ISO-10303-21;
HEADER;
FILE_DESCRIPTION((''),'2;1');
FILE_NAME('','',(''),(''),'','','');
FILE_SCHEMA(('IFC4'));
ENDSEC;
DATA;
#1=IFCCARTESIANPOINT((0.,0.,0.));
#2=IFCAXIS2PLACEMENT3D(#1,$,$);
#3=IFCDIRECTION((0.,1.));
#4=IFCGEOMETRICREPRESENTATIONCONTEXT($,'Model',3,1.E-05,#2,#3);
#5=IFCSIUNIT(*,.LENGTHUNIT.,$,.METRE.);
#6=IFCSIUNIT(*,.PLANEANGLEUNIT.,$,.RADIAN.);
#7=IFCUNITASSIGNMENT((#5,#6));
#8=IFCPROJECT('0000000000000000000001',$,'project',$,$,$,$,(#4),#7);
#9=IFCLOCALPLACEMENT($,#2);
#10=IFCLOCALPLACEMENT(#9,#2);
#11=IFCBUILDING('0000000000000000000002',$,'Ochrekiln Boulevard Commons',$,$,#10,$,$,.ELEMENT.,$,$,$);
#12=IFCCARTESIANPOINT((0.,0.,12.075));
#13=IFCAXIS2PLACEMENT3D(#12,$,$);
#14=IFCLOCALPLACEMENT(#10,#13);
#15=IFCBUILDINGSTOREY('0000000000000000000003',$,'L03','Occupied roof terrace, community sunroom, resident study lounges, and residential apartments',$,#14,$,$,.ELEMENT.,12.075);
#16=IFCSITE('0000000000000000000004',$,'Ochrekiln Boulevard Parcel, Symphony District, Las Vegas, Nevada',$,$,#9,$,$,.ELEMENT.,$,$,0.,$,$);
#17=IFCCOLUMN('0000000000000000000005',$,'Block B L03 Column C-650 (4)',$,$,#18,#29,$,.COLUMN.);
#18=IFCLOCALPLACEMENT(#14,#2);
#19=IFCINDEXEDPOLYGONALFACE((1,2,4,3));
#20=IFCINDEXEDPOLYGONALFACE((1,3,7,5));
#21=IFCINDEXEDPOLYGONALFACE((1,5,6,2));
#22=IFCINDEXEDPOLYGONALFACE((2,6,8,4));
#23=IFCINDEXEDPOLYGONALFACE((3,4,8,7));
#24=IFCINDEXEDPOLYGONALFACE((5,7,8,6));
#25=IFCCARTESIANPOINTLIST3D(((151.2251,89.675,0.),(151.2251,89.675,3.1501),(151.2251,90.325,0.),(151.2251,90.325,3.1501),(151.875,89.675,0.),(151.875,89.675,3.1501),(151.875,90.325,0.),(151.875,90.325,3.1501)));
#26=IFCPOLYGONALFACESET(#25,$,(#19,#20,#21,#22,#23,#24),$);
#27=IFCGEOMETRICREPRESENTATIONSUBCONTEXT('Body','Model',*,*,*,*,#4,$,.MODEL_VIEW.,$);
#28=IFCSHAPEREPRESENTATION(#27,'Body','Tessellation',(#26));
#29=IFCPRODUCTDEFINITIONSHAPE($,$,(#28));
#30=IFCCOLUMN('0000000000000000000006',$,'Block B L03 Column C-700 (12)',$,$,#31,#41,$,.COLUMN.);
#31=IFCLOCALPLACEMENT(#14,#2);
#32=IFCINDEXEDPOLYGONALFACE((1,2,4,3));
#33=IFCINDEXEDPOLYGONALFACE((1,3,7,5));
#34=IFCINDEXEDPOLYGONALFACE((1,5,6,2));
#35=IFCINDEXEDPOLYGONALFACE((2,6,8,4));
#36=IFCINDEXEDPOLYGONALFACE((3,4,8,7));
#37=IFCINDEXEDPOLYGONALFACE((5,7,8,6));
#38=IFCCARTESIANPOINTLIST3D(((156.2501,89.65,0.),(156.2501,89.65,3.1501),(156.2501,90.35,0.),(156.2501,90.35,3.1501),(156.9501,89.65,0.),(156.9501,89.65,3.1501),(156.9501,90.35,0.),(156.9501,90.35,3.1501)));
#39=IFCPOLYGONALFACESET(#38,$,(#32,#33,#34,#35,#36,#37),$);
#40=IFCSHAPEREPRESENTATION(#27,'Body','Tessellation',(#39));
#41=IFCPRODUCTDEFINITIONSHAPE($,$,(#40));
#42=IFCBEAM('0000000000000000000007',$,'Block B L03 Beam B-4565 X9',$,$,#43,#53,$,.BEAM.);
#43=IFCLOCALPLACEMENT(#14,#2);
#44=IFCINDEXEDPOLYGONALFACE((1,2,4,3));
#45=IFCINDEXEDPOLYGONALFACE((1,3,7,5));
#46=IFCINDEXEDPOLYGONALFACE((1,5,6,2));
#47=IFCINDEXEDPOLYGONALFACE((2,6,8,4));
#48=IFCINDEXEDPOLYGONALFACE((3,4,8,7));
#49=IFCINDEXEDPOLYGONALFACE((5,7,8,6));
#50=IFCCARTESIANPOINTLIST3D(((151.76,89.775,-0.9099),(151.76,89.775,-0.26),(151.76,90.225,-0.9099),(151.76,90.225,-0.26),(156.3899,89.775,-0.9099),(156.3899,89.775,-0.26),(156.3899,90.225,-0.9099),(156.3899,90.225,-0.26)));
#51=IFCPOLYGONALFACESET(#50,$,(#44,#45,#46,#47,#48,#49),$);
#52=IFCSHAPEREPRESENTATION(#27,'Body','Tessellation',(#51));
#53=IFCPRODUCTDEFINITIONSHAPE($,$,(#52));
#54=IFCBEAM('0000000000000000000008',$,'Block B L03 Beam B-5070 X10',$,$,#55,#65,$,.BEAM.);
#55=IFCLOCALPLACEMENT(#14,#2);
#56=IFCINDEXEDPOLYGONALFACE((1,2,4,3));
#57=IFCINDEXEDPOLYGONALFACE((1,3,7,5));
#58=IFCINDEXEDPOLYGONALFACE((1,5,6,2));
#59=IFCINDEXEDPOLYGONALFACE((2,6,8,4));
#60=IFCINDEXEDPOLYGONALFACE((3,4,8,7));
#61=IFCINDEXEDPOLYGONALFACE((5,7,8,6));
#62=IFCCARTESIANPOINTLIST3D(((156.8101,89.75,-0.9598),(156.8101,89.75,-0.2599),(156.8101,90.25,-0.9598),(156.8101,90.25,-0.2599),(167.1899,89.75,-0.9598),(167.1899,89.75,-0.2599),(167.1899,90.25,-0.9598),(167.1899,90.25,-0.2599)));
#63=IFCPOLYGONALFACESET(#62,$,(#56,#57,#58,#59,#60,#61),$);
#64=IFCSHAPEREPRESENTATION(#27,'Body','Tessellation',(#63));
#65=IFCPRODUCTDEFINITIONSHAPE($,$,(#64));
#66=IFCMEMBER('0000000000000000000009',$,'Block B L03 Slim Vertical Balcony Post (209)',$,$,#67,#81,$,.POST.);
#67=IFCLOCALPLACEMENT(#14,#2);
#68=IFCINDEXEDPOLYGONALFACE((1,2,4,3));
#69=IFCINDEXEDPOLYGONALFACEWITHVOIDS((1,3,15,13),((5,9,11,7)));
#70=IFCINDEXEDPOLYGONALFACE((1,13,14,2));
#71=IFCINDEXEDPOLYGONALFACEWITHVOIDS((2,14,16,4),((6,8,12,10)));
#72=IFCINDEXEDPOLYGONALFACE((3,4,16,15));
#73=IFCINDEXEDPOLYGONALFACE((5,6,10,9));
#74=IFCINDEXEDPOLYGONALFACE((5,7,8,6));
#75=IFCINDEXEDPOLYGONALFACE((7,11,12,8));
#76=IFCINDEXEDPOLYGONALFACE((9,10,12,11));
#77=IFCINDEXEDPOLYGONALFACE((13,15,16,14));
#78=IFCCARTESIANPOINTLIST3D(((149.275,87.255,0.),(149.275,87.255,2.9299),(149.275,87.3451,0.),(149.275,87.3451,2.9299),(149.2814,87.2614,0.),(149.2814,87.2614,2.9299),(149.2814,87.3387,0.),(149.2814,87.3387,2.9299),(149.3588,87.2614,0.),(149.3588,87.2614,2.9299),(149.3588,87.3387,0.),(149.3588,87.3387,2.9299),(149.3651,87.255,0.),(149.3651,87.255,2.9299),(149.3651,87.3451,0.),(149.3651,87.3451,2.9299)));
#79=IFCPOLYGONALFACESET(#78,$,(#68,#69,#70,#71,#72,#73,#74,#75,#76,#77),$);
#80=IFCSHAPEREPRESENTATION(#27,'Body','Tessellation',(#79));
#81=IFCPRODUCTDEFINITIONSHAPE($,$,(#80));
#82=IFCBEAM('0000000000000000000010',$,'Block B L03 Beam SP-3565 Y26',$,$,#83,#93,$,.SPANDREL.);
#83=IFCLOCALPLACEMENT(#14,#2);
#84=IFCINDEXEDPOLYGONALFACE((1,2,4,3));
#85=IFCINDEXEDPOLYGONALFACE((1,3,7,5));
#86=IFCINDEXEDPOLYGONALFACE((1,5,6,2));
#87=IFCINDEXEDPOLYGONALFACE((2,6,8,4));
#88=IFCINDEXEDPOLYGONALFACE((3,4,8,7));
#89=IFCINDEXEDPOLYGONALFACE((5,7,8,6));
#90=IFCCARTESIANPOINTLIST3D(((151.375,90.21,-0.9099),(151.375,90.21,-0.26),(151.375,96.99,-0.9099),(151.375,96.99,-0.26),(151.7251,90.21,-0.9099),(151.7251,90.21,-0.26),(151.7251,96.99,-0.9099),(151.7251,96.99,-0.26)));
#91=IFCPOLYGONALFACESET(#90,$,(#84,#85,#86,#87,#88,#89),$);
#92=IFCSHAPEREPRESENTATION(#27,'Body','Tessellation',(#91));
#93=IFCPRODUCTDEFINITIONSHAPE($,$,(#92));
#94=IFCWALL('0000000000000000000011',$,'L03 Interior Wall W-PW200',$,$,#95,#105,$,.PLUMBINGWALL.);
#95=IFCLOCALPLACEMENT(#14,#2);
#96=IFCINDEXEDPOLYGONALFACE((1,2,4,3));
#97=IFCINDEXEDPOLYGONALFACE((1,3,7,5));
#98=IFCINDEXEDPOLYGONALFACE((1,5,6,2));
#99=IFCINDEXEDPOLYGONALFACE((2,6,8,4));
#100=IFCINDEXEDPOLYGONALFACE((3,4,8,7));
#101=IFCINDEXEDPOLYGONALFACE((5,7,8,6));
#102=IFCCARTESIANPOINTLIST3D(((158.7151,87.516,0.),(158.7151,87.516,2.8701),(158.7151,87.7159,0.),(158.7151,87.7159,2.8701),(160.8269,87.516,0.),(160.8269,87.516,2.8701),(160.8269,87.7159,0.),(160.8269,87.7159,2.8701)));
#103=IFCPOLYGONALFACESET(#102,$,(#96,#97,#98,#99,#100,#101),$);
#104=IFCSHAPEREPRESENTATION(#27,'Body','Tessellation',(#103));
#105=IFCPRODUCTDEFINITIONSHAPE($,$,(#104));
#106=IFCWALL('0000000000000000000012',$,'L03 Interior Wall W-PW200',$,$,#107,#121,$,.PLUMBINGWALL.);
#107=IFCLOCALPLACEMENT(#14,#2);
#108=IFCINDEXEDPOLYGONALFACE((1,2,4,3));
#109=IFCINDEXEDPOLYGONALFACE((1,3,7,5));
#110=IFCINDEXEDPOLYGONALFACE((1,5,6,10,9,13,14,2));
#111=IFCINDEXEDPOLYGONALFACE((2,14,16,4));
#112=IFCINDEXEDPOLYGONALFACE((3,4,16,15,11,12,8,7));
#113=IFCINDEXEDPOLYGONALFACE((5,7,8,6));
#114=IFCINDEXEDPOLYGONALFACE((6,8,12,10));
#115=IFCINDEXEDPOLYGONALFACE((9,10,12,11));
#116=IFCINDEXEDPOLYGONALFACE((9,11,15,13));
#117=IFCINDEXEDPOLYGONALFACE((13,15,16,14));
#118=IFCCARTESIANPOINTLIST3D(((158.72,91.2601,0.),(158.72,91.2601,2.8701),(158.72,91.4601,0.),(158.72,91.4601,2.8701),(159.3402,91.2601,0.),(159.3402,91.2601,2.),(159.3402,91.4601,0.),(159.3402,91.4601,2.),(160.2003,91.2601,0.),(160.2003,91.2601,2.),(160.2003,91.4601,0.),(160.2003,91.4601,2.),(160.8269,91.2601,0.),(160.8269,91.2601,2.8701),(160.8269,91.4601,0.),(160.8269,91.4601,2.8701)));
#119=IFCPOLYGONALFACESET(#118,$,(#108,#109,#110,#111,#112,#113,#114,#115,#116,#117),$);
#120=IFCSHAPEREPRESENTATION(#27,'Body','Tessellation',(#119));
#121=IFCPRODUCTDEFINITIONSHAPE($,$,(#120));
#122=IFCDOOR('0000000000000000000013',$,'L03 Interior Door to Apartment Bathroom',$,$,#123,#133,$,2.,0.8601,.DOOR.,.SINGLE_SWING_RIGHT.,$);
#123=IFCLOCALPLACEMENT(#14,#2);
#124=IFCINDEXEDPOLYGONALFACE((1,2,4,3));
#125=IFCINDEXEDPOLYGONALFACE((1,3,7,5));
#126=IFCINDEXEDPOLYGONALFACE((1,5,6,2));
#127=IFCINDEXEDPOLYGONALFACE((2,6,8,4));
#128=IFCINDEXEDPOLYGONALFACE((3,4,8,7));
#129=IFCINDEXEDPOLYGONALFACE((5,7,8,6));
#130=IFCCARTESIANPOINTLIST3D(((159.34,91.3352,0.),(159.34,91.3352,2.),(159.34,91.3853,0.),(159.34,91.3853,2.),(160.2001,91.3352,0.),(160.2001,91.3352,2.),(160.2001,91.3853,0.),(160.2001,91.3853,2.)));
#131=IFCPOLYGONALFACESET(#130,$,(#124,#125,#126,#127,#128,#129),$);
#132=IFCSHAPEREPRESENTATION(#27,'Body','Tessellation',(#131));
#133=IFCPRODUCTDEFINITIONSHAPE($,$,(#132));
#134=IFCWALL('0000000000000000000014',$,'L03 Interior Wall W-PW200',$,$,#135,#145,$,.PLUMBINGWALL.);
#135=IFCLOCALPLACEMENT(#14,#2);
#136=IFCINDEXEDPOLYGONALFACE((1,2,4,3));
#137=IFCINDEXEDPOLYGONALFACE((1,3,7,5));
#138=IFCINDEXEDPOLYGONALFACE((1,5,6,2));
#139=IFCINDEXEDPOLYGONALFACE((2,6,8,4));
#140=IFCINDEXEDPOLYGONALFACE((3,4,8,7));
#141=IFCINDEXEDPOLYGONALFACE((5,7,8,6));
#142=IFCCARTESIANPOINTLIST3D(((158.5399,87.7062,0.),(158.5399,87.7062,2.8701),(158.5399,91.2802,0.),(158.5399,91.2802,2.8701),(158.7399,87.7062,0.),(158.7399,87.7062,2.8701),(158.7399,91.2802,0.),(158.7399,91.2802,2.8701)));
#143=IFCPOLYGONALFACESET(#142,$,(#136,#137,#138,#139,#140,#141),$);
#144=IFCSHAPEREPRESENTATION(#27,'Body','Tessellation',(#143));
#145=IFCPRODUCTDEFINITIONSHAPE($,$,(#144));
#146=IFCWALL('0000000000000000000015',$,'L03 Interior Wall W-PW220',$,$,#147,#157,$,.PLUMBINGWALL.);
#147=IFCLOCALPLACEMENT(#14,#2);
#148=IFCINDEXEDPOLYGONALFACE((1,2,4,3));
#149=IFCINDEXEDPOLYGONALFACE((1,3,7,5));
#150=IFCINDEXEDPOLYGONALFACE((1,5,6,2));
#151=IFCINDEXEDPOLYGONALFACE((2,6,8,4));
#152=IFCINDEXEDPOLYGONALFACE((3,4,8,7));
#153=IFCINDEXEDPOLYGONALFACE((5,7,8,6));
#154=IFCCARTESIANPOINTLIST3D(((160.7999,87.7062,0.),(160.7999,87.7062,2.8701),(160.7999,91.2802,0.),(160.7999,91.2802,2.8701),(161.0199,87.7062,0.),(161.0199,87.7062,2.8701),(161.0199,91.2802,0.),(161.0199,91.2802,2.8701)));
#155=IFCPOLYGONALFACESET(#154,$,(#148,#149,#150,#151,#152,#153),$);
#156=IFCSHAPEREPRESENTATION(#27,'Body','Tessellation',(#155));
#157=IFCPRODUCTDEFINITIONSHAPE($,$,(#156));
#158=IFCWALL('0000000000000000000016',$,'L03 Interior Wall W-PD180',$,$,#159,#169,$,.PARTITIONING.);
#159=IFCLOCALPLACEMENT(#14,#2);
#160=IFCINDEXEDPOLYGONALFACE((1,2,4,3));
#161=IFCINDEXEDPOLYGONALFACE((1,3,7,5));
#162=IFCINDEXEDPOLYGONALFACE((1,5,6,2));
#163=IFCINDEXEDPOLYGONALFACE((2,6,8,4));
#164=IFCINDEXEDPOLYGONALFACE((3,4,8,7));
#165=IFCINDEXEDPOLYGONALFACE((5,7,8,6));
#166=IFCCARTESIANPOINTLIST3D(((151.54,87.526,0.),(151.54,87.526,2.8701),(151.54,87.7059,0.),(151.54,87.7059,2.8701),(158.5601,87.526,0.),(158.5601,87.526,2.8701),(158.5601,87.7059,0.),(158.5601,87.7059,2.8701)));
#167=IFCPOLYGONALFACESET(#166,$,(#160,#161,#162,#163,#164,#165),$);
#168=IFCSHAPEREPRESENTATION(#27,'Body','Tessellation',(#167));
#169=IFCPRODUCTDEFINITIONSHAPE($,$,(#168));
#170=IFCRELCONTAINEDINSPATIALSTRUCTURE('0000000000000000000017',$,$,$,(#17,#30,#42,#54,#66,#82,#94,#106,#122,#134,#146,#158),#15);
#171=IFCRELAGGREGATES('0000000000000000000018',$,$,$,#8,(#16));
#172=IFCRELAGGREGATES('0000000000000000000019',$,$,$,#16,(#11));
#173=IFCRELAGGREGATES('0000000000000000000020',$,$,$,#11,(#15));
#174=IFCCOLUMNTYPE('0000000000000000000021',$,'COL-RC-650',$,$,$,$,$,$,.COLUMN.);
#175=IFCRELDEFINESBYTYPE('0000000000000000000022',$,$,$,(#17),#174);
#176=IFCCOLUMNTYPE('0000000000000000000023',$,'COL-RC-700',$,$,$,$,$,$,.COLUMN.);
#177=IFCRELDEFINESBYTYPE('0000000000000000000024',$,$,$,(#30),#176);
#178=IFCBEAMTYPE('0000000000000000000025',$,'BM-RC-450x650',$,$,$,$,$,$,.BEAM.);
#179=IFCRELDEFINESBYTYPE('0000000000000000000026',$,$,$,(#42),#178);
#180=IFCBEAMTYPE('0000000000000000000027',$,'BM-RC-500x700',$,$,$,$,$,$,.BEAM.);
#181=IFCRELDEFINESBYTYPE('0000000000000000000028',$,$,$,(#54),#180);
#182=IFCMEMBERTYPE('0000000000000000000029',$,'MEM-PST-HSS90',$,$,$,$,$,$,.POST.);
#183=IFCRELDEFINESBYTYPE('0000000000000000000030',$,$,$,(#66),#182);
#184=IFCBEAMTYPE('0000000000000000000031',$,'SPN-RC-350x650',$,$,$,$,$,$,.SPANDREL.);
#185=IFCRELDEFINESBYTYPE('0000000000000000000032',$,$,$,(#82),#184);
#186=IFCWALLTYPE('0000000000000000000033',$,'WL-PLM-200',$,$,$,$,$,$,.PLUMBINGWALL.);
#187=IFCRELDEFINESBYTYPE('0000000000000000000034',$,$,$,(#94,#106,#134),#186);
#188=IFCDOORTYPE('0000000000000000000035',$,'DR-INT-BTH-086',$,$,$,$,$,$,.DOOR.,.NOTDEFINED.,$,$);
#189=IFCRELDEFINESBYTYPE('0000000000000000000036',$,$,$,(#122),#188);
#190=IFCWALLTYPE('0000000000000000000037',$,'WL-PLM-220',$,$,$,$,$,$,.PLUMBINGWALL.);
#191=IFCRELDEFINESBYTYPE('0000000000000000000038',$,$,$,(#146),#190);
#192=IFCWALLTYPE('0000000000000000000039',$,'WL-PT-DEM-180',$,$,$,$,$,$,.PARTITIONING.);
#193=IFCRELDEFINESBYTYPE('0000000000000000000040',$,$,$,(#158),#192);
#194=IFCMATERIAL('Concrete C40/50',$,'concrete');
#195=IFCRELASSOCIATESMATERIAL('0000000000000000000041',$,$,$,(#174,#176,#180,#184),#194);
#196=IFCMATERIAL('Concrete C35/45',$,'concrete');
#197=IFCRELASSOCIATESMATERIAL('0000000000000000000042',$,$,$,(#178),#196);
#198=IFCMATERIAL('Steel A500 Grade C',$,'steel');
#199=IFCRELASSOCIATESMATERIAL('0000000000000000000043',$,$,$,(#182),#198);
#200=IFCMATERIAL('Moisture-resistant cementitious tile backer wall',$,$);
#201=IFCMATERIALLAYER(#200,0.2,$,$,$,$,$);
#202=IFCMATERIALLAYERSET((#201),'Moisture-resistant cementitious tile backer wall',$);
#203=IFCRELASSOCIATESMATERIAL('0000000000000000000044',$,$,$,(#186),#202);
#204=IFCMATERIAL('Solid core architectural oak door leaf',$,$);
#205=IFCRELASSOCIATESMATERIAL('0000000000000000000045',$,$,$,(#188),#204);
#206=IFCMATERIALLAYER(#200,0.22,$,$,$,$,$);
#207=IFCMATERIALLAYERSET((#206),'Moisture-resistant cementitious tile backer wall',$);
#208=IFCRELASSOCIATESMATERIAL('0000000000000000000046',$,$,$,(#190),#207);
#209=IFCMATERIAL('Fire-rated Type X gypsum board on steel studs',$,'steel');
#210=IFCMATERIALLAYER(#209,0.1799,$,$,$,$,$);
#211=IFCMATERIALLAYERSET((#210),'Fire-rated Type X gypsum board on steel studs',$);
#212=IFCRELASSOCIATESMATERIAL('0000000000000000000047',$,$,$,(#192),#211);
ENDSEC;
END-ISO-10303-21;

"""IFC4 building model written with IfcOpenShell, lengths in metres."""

from ifc_helpers import new_model, si_unit, direction, frame, frame_2d, origin, origin_2d, place, context, subcontext, project, spatial, rectangle, hollow_rectangle, extrude, material, layer, layer_set, material_profile, profile_set, type_object, element, fill, save


model = new_model("IFC4")

# Units and contexts
model_context = context("Model", 3, precision=1e-05, world=origin(), true_north=direction((0.0, 1.0)))
body_context = subcontext(model_context, "Body", "Model", "MODEL_VIEW")
ifc_project = project(units=[si_unit("LENGTHUNIT", "METRE"), si_unit("PLANEANGLEUNIT", "RADIAN")], contexts=[model_context])

# Site, building, storey
site_placement = place(None, origin())
site = spatial("IfcSite", under=ifc_project, at=site_placement, Name="Ochrekiln Boulevard Parcel, Symphony District, Las Vegas, Nevada", CompositionType="ELEMENT", RefElevation=0.0)
building_placement = place(site_placement, origin())
building = spatial("IfcBuilding", under=site, at=building_placement, Name="Ochrekiln Boulevard Commons", CompositionType="ELEMENT")
storey_placement = place(building_placement, frame((0.0, 0.0, 12.075)))
storey = spatial("IfcBuildingStorey", under=building, at=storey_placement, Name="L03", Description="Occupied roof terrace, community sunroom, resident study lounges, and residential apartments", CompositionType="ELEMENT", Elevation=12.075)

# Columns
ifc_material_1 = material(Name="Concrete C40/50", Category="concrete")
ifc_material_profile_1 = material_profile(ifc_material_1, rectangle(XDim=0.6499, YDim=0.6499, at=origin_2d()), Name="RC-COL-650x650")
ifc_profile_set_1 = profile_set([ifc_material_profile_1], Name="Concrete C40/50")
column_type_1 = type_object("IfcColumnType", Name="COL-RC-650", PredefinedType="COLUMN", material=ifc_profile_set_1)
column_1_placement = place(storey_placement, frame((151.55, 90.0, 0.0), z_axis=(0.0, 0.0, 1.0), x_axis=(1.0, 0.0, 0.0)))
element("IfcColumn", 1, at=column_1_placement, inside=storey, type_object=column_type_1, Name="Block B L03 Column C-650 (4)", PredefinedType="COLUMN", context=body_context, shape_type="SweptSolid", body=[
    extrude(rectangle(XDim=0.6499, YDim=0.6499, at=origin_2d()), origin(), (0.0, 0.0, 1.0), 3.1501),
])
ifc_material_profile_2 = material_profile(ifc_material_1, rectangle(XDim=0.7, YDim=0.7, at=origin_2d()), Name="RC-COL-700x700")
ifc_profile_set_2 = profile_set([ifc_material_profile_2], Name="Concrete C40/50")
column_type_2 = type_object("IfcColumnType", Name="COL-RC-700", PredefinedType="COLUMN", material=ifc_profile_set_2)
column_2_placement = place(storey_placement, frame((156.6001, 90.0, 0.0), z_axis=(0.0, 0.0, 1.0), x_axis=(1.0, 0.0, 0.0)))
element("IfcColumn", 2, at=column_2_placement, inside=storey, type_object=column_type_2, Name="Block B L03 Column C-700 (12)", PredefinedType="COLUMN", context=body_context, shape_type="SweptSolid", body=[
    extrude(rectangle(XDim=0.7, YDim=0.7, at=origin_2d()), origin(), (0.0, 0.0, 1.0), 3.1501),
])

# Beams
ifc_material_2 = material(Name="Concrete C35/45", Category="concrete")
ifc_material_profile_3 = material_profile(ifc_material_2, rectangle(XDim=0.45, YDim=0.6499, at=origin_2d()), Name="RC-BM-450x650")
ifc_profile_set_3 = profile_set([ifc_material_profile_3], Name="Concrete C35/45")
beam_type_1 = type_object("IfcBeamType", Name="BM-RC-450x650", PredefinedType="BEAM", material=ifc_profile_set_3)
beam_1_placement = place(storey_placement, frame((151.76, 90.0, -0.585), z_axis=(1.0, 0.0, 0.0), x_axis=(0.0, 1.0, 0.0)))
element("IfcBeam", 3, at=beam_1_placement, inside=storey, type_object=beam_type_1, Name="Block B L03 Beam B-4565 X9", PredefinedType="BEAM", context=body_context, shape_type="SweptSolid", body=[
    extrude(rectangle(XDim=0.45, YDim=0.6499, at=origin_2d()), origin(), (0.0, 0.0, 1.0), 4.6299),
])
ifc_material_profile_4 = material_profile(ifc_material_1, rectangle(XDim=0.5, YDim=0.7, at=origin_2d()), Name="RC-BM-500x700")
ifc_profile_set_4 = profile_set([ifc_material_profile_4], Name="Concrete C40/50")
beam_type_2 = type_object("IfcBeamType", Name="BM-RC-500x700", PredefinedType="BEAM", material=ifc_profile_set_4)
beam_2_placement = place(storey_placement, frame((156.8101, 90.0, -0.6099), z_axis=(1.0, 0.0, 0.0), x_axis=(0.0, 1.0, 0.0)))
element("IfcBeam", 4, at=beam_2_placement, inside=storey, type_object=beam_type_2, Name="Block B L03 Beam B-5070 X10", PredefinedType="BEAM", context=body_context, shape_type="SweptSolid", body=[
    extrude(rectangle(XDim=0.5, YDim=0.7, at=origin_2d()), origin(), (0.0, 0.0, 1.0), 10.3799),
])

# Member
ifc_material_3 = material(Name="Steel A500 Grade C", Category="steel")
ifc_material_profile_5 = material_profile(ifc_material_3, hollow_rectangle(XDim=0.0901, YDim=0.0901, WallThickness=0.0063, at=origin_2d()), Name="HSS90X90X6.4")
ifc_profile_set_5 = profile_set([ifc_material_profile_5], Name="Steel A500 Grade C")
member_type = type_object("IfcMemberType", Name="MEM-PST-HSS90", PredefinedType="POST", material=ifc_profile_set_5)
member_placement = place(storey_placement, frame((149.3201, 87.3, 0.0), z_axis=(0.0, 0.0, 1.0), x_axis=(1.0, 0.0, 0.0)))
element("IfcMember", 5, at=member_placement, inside=storey, type_object=member_type, Name="Block B L03 Slim Vertical Balcony Post (209)", PredefinedType="POST", context=body_context, shape_type="SweptSolid", body=[
    extrude(hollow_rectangle(XDim=0.0901, YDim=0.0901, WallThickness=0.0063, at=origin_2d()), origin(), (0.0, 0.0, 1.0), 2.9299),
])

# Beam
ifc_material_profile_6 = material_profile(ifc_material_1, rectangle(XDim=0.3501, YDim=0.6499, at=origin_2d()), Name="RC-SPN-350x650")
ifc_profile_set_6 = profile_set([ifc_material_profile_6], Name="Concrete C40/50")
beam_type_3 = type_object("IfcBeamType", Name="SPN-RC-350x650", PredefinedType="SPANDREL", material=ifc_profile_set_6)
beam_3_placement = place(storey_placement, frame((151.55, 90.21, -0.585), z_axis=(0.0, 1.0, 0.0), x_axis=(-1.0, 0.0, 0.0)))
element("IfcBeam", 6, at=beam_3_placement, inside=storey, type_object=beam_type_3, Name="Block B L03 Beam SP-3565 Y26", PredefinedType="SPANDREL", context=body_context, shape_type="SweptSolid", body=[
    extrude(rectangle(XDim=0.3501, YDim=0.6499, at=origin_2d()), origin(), (0.0, 0.0, 1.0), 6.78),
])

# Wall
ifc_material_4 = material(Name="Moisture-resistant cementitious tile backer wall")
ifc_layer_1 = layer(ifc_material_4, 0.2)
ifc_layer_set_1 = layer_set([ifc_layer_1], Name="Moisture-resistant cementitious tile backer wall")
wall_type_1 = type_object("IfcWallType", Name="WL-PLM-200", PredefinedType="PLUMBINGWALL", material=ifc_layer_set_1)
wall_1_placement = place(storey_placement, frame((158.7151, 87.616, 0.0), z_axis=(0.0, 0.0, 1.0), x_axis=(1.0, 0.0, 0.0)))
element("IfcWall", 7, at=wall_1_placement, inside=storey, type_object=wall_type_1, Name="L03 Interior Wall W-PW200", PredefinedType="PLUMBINGWALL", context=body_context, shape_type="SweptSolid", body=[
    extrude(rectangle(XDim=2.1118, YDim=0.2, at=frame_2d((1.0559, 0.0))), origin(), (0.0, 0.0, 1.0), 2.8701),
])

# Wall, opening, door
wall_2_placement = place(storey_placement, frame((158.72, 91.3601, 0.0), z_axis=(0.0, 0.0, 1.0), x_axis=(1.0, 0.0, 0.0)))
wall_2 = element("IfcWall", 8, at=wall_2_placement, inside=storey, type_object=wall_type_1, Name="L03 Interior Wall W-PW200", PredefinedType="PLUMBINGWALL", context=body_context, shape_type="SweptSolid", body=[
    extrude(rectangle(XDim=2.1069, YDim=0.2, at=frame_2d((1.0535, 0.0))), origin(), (0.0, 0.0, 1.0), 2.8701),
])
opening_1_placement = place(wall_2_placement, frame((0.6201, 0.0, 0.0)))
opening_1 = element("IfcOpeningElement", 9, at=opening_1_placement, cuts=wall_2, PredefinedType="OPENING", context=body_context, shape_type="SweptSolid", body=[
    extrude(rectangle(XDim=0.8601, YDim=2.0, at=frame_2d((0.4302, 1.0))), frame((0.0, 0.1099, 0.0), z_axis=(0.0, -1.0, 0.0), x_axis=(1.0, 0.0, 0.0)), (0.0, 0.0, 1.0), 0.22),
])
ifc_material_5 = material(Name="Solid core architectural oak door leaf")
door_type_1 = type_object("IfcDoorType", Name="DR-INT-BTH-086", OperationType="NOTDEFINED", PredefinedType="DOOR", material=ifc_material_5)
door_1_placement = place(opening_1_placement, frame((0.8601, 0.0, 0.0), z_axis=(0.0, 0.0, 1.0), x_axis=(-1.0, 0.0, 0.0)))
door_1 = element("IfcDoor", 10, at=door_1_placement, inside=storey, type_object=door_type_1, Name="L03 Interior Door to Apartment Bathroom", OperationType="SINGLE_SWING_RIGHT", OverallHeight=2.0, OverallWidth=0.8601, PredefinedType="DOOR", context=body_context, shape_type="SweptSolid", body=[
    extrude(rectangle(XDim=0.8601, YDim=2.0, at=frame_2d((0.4302, 1.0))), frame((0.0, 0.0249, 0.0), z_axis=(0.0, -1.0, 0.0), x_axis=(1.0, 0.0, 0.0)), (0.0, 0.0, 1.0), 0.05),
])
fill(opening_1, door_1)

# Walls
wall_3_placement = place(storey_placement, frame((158.6399, 87.7061, 0.0), z_axis=(0.0, 0.0, 1.0), x_axis=(0.0, 1.0, 0.0)))
element("IfcWall", 11, at=wall_3_placement, inside=storey, type_object=wall_type_1, Name="L03 Interior Wall W-PW200", PredefinedType="PLUMBINGWALL", context=body_context, shape_type="SweptSolid", body=[
    extrude(rectangle(XDim=3.574, YDim=0.2, at=frame_2d((1.7871, 0.0))), origin(), (0.0, 0.0, 1.0), 2.8701),
])
ifc_layer_2 = layer(ifc_material_4, 0.22)
ifc_layer_set_2 = layer_set([ifc_layer_2], Name="Moisture-resistant cementitious tile backer wall")
wall_type_2 = type_object("IfcWallType", Name="WL-PLM-220", PredefinedType="PLUMBINGWALL", material=ifc_layer_set_2)
wall_4_placement = place(storey_placement, frame((160.9099, 87.7061, 0.0), z_axis=(0.0, 0.0, 1.0), x_axis=(0.0, 1.0, 0.0)))
element("IfcWall", 12, at=wall_4_placement, inside=storey, type_object=wall_type_2, Name="L03 Interior Wall W-PW220", PredefinedType="PLUMBINGWALL", context=body_context, shape_type="SweptSolid", body=[
    extrude(rectangle(XDim=3.574, YDim=0.22, at=frame_2d((1.7871, 0.0))), origin(), (0.0, 0.0, 1.0), 2.8701),
])
ifc_material_6 = material(Name="Fire-rated Type X gypsum board on steel studs", Category="steel")
ifc_layer_3 = layer(ifc_material_6, 0.1799)
ifc_layer_set_3 = layer_set([ifc_layer_3], Name="Fire-rated Type X gypsum board on steel studs")
wall_type_3 = type_object("IfcWallType", Name="WL-PT-DEM-180", PredefinedType="PARTITIONING", material=ifc_layer_set_3)
wall_5_placement = place(storey_placement, frame((151.54, 87.616, 0.0), z_axis=(0.0, 0.0, 1.0), x_axis=(1.0, 0.0, 0.0)))
element("IfcWall", 13, at=wall_5_placement, inside=storey, type_object=wall_type_3, Name="L03 Interior Wall W-PD180", PredefinedType="PARTITIONING", context=body_context, shape_type="SweptSolid", body=[
    extrude(rectangle(XDim=7.02, YDim=0.1799, at=frame_2d((3.51, 0.0))), origin(), (0.0, 0.0, 1.0), 2.8701),
])

save(model, "model.ifc")
